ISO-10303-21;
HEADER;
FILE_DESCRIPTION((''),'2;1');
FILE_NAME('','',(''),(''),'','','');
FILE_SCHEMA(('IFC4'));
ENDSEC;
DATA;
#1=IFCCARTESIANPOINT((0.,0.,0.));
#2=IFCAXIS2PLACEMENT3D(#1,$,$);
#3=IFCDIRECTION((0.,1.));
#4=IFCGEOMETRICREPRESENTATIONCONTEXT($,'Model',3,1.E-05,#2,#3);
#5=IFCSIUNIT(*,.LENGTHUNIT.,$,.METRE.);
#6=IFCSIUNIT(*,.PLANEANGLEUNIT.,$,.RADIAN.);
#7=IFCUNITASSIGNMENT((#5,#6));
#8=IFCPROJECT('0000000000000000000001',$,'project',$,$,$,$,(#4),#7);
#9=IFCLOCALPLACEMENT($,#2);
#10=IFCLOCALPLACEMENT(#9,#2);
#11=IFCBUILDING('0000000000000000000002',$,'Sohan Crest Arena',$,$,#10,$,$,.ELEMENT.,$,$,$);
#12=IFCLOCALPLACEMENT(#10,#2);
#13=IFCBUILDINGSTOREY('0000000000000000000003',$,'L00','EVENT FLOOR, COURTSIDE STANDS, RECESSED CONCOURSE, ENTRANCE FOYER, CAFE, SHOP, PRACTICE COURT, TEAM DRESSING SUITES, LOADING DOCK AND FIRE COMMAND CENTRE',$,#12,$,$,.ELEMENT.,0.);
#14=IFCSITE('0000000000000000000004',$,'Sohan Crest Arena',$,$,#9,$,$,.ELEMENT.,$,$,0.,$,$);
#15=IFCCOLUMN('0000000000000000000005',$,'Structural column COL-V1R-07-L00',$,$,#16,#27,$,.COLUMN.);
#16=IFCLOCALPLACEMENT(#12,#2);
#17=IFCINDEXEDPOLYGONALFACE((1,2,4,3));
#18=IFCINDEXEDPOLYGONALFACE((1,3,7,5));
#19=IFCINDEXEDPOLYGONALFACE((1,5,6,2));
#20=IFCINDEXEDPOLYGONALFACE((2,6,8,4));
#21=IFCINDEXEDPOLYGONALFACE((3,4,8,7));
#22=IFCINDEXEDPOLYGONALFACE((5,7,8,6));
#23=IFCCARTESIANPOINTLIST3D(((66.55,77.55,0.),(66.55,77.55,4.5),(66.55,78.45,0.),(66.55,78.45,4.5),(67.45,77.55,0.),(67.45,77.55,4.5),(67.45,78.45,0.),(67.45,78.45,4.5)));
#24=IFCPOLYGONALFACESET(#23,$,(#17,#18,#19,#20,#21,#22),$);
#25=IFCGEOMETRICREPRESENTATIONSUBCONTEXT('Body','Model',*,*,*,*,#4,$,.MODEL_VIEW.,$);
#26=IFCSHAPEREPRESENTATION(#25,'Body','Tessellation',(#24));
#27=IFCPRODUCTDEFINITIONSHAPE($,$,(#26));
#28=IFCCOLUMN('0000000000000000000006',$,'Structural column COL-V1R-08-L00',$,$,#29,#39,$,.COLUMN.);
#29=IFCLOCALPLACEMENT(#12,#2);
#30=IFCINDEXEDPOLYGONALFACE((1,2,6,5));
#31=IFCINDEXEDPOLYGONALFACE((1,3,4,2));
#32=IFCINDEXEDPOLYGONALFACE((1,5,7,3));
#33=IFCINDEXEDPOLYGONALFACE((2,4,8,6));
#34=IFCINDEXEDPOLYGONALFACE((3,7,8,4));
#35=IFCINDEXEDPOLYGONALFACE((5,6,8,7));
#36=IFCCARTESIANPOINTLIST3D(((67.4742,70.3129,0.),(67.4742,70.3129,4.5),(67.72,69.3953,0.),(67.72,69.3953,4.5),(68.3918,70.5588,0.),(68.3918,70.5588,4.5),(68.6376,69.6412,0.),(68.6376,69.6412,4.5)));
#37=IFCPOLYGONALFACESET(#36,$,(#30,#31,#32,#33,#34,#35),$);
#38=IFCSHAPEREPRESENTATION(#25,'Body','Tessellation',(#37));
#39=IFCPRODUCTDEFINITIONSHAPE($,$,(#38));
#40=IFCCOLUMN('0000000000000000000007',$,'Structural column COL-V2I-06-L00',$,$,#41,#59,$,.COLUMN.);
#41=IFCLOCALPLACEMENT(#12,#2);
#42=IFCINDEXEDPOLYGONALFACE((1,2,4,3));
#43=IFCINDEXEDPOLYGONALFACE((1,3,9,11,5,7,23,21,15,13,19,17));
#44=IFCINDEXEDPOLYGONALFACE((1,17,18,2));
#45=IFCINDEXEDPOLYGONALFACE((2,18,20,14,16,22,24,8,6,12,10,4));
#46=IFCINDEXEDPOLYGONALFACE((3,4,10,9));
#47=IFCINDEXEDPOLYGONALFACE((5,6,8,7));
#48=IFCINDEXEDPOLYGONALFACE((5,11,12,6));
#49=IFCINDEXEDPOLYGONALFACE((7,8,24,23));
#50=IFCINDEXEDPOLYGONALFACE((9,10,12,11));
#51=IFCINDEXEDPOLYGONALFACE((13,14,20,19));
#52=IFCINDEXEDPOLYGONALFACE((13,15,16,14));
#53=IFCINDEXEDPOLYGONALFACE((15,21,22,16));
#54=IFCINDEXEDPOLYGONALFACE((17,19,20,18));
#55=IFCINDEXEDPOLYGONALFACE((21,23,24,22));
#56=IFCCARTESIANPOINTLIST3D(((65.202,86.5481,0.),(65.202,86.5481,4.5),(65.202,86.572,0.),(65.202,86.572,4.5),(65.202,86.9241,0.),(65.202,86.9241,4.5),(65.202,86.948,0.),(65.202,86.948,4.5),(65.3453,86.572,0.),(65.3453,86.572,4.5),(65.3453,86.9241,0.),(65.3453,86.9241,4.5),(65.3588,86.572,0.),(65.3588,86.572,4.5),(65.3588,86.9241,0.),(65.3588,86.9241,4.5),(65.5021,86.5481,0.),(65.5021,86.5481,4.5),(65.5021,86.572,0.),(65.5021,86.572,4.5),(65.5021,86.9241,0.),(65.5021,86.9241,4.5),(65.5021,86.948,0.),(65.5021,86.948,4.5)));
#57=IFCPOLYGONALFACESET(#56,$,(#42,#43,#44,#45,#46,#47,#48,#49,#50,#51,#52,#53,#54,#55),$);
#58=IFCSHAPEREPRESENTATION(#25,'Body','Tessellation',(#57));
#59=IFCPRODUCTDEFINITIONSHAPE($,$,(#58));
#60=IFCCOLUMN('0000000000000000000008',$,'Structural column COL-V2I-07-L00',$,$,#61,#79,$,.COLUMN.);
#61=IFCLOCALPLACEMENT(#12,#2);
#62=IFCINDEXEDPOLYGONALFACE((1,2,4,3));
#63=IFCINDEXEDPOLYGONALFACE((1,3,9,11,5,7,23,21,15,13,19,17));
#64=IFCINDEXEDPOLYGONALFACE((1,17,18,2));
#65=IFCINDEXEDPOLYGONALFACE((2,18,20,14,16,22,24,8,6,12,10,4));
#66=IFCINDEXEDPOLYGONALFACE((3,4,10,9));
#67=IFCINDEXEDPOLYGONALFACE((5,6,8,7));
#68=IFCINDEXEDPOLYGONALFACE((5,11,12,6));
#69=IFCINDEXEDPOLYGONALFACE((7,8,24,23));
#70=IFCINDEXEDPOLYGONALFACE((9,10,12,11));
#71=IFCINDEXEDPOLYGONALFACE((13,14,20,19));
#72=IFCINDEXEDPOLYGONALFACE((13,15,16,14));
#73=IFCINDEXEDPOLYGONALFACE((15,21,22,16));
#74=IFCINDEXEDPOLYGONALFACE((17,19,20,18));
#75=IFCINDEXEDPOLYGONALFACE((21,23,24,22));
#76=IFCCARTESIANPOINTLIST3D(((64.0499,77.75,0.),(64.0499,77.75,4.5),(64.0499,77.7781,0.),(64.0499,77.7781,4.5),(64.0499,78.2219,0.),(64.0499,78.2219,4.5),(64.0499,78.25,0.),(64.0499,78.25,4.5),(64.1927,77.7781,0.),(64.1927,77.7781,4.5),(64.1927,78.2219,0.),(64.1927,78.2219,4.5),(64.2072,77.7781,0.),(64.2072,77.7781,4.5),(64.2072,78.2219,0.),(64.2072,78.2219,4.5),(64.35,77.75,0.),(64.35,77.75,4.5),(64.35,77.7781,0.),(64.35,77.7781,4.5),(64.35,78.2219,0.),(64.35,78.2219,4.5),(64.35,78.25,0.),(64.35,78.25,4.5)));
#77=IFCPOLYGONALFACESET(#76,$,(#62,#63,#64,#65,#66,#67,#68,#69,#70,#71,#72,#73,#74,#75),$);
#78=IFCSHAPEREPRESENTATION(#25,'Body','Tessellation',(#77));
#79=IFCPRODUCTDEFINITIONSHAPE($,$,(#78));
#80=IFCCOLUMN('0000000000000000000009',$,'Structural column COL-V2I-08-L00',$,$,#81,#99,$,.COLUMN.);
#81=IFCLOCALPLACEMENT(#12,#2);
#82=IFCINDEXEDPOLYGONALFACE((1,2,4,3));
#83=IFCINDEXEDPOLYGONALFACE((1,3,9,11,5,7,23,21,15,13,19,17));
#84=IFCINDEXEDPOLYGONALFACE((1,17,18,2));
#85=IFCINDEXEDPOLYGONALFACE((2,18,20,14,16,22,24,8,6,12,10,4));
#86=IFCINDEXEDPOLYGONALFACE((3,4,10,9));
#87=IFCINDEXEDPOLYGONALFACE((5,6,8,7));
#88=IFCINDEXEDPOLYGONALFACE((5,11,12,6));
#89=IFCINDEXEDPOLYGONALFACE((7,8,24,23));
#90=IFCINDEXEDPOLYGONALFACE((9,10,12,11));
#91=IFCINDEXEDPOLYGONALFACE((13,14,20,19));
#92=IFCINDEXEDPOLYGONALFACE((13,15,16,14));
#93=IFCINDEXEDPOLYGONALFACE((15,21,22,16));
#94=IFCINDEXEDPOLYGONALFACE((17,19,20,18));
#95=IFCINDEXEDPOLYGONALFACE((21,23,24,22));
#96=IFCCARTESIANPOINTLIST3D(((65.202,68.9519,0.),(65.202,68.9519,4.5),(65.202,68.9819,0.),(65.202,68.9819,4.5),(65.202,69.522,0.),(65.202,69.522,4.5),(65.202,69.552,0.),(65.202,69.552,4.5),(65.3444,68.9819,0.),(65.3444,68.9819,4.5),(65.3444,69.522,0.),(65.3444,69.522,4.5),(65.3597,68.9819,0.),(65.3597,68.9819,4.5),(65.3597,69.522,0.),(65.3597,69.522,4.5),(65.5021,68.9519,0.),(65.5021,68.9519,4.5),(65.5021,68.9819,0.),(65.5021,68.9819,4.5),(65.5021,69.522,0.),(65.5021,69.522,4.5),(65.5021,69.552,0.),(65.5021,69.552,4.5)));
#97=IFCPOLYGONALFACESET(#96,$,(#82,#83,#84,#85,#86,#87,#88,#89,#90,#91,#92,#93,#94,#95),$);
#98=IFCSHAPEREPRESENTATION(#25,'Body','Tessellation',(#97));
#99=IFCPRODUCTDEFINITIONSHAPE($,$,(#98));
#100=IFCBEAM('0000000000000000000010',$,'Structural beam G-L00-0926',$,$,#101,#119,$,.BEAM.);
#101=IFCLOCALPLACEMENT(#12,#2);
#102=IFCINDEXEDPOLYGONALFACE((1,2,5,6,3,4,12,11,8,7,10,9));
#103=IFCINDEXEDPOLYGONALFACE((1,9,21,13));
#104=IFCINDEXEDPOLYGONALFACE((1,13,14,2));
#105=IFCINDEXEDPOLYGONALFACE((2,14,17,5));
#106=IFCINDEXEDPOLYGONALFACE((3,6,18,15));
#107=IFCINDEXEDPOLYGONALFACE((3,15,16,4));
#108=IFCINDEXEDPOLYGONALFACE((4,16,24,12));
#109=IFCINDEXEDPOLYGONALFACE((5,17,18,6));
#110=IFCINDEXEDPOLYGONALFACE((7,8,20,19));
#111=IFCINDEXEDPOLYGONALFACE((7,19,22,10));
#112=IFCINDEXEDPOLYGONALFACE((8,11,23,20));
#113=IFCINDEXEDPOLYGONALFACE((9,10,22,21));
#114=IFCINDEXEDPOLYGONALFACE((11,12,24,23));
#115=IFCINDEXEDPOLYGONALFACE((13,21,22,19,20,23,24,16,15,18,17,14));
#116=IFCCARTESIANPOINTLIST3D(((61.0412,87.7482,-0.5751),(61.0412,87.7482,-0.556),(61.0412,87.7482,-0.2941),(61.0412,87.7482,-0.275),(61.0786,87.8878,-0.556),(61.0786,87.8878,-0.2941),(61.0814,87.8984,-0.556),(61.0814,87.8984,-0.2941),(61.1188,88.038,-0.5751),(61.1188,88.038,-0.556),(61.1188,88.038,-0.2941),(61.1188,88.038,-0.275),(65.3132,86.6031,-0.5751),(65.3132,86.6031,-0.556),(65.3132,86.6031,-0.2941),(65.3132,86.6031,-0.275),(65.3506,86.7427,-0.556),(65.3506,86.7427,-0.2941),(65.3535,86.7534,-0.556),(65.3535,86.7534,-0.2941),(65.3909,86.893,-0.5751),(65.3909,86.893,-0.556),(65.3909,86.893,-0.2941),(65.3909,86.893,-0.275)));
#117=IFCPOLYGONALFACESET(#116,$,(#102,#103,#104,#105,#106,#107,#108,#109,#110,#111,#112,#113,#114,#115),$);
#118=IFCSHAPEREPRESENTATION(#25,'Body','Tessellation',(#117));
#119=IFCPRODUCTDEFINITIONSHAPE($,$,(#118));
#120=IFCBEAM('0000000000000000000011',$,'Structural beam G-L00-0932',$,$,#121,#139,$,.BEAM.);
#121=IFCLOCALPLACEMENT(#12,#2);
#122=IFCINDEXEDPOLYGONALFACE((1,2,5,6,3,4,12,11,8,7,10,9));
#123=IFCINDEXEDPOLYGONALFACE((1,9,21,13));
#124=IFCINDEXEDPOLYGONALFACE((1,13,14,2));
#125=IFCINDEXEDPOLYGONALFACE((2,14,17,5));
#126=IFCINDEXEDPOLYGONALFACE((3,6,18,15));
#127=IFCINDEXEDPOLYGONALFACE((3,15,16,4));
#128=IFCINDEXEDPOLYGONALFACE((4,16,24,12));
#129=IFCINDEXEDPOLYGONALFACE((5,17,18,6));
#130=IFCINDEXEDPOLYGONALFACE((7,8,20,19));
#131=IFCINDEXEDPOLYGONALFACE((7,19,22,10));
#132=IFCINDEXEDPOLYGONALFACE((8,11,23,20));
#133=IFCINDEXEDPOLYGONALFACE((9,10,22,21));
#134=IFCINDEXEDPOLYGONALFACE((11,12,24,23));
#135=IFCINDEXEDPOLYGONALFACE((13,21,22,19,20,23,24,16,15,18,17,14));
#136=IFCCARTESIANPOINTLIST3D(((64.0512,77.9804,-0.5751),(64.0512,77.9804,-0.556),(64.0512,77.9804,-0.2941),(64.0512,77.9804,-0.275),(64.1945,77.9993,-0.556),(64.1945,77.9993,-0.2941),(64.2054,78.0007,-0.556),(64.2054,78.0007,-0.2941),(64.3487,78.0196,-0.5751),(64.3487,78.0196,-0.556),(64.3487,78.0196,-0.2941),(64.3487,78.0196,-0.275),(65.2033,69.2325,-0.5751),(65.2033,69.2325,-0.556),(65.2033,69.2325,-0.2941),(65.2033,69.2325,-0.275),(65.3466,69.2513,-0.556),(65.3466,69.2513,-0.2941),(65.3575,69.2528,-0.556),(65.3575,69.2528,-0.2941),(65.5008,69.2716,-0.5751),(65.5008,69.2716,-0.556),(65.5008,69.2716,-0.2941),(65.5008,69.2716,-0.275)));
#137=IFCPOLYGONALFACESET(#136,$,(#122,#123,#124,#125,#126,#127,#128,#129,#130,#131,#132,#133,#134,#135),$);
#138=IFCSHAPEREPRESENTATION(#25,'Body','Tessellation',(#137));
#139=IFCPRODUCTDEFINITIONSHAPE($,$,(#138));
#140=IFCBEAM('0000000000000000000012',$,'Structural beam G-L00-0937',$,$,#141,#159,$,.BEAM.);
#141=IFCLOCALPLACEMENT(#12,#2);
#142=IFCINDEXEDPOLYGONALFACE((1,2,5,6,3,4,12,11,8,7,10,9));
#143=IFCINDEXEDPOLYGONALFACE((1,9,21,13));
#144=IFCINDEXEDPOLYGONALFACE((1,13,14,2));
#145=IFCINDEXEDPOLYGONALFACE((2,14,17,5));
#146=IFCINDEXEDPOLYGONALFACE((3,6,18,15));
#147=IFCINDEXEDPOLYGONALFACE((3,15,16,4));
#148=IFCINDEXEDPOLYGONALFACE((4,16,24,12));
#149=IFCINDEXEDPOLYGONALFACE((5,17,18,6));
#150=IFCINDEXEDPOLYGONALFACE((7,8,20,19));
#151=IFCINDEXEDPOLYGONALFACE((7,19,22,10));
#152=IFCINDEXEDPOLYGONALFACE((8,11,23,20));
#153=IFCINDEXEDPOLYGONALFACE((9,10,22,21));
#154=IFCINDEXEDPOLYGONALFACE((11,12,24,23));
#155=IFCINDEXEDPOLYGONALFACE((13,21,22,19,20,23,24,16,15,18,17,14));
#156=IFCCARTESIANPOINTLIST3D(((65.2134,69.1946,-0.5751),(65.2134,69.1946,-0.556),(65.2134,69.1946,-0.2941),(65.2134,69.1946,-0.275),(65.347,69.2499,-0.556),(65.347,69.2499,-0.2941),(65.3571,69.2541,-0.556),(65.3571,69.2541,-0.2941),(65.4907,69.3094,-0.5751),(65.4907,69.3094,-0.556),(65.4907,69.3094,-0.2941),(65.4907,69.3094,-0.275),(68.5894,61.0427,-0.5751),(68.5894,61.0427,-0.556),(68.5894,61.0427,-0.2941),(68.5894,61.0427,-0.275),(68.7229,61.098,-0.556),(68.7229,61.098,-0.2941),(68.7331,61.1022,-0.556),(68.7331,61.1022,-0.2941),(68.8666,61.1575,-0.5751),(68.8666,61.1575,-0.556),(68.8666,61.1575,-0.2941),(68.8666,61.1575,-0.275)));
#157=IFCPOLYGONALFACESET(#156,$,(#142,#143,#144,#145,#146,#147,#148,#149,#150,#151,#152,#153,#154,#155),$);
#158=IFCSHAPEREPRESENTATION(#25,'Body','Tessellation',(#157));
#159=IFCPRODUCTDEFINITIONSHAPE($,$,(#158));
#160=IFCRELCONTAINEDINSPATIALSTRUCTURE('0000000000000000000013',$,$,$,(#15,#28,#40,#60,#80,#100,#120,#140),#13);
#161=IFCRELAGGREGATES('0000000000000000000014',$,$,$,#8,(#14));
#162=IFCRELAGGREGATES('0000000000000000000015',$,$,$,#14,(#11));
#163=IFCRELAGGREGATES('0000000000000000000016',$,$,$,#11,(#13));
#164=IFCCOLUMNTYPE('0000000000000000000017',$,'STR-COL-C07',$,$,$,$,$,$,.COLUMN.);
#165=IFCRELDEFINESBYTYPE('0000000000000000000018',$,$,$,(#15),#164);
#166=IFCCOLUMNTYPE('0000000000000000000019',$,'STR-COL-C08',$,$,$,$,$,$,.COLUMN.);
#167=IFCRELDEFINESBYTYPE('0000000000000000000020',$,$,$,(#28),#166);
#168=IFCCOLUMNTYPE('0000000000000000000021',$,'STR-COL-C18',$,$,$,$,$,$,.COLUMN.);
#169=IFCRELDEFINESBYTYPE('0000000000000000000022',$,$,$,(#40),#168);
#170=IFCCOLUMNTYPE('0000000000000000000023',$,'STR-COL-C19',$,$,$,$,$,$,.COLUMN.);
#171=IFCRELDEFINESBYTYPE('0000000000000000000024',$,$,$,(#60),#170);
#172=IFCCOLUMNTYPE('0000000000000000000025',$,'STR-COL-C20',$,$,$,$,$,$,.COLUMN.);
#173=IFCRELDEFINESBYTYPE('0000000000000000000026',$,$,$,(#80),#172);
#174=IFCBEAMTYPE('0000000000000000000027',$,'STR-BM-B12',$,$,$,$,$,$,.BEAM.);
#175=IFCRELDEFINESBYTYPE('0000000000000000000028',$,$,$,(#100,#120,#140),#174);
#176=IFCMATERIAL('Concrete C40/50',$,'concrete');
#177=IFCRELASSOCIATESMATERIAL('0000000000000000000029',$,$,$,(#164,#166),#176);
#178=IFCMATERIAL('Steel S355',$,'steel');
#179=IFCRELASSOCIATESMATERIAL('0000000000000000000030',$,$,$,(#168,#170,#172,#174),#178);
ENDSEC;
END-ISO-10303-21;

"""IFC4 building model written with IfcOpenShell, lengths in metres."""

from ifc_helpers import new_model, si_unit, direction, frame, origin, origin_2d, place, context, subcontext, project, spatial, rectangle, i_section, extrude, material, material_profile, profile_set, type_object, element, save


model = new_model("IFC4")

# Units and contexts
model_context = context("Model", 3, precision=1e-05, world=origin(), true_north=direction((0.0, 1.0)))
body_context = subcontext(model_context, "Body", "Model", "MODEL_VIEW")
ifc_project = project(units=[si_unit("LENGTHUNIT", "METRE"), si_unit("PLANEANGLEUNIT", "RADIAN")], contexts=[model_context])

# Site, building, storey
site_placement = place(None, origin())
site = spatial("IfcSite", under=ifc_project, at=site_placement, Name="Sohan Crest Arena", CompositionType="ELEMENT", RefElevation=0.0)
building_placement = place(site_placement, origin())
building = spatial("IfcBuilding", under=site, at=building_placement, Name="Sohan Crest Arena", CompositionType="ELEMENT")
storey_placement = place(building_placement, origin())
storey = spatial("IfcBuildingStorey", under=building, at=storey_placement, Name="L00", Description="EVENT FLOOR, COURTSIDE STANDS, RECESSED CONCOURSE, ENTRANCE FOYER, CAFE, SHOP, PRACTICE COURT, TEAM DRESSING SUITES, LOADING DOCK AND FIRE COMMAND CENTRE", CompositionType="ELEMENT", Elevation=0.0)

# Columns
ifc_material_1 = material(Name="Concrete C40/50", Category="concrete")
ifc_material_profile_1 = material_profile(ifc_material_1, rectangle(XDim=0.8999, YDim=0.8999, at=origin_2d()), Name="RC 900x900")
ifc_profile_set_1 = profile_set([ifc_material_profile_1], Name="Concrete C40/50")
column_type_1 = type_object("IfcColumnType", Name="STR-COL-C07", PredefinedType="COLUMN", material=ifc_profile_set_1)
column_1_placement = place(storey_placement, frame((67.0, 78.0, 0.0), z_axis=(0.0, 0.0, 1.0), x_axis=(1.0, 0.0, 0.0)))
element("IfcColumn", 1, at=column_1_placement, inside=storey, type_object=column_type_1, Name="Structural column COL-V1R-07-L00", PredefinedType="COLUMN", context=body_context, shape_type="SweptSolid", body=[
    extrude(rectangle(XDim=0.8999, YDim=0.8999, at=origin_2d()), origin(), (0.0, 0.0, 1.0), 4.5),
])
ifc_material_profile_2 = material_profile(ifc_material_1, rectangle(XDim=0.95, YDim=0.95, at=origin_2d()), Name="RC 950x950")
ifc_profile_set_2 = profile_set([ifc_material_profile_2], Name="Concrete C40/50")
column_type_2 = type_object("IfcColumnType", Name="STR-COL-C08", PredefinedType="COLUMN", material=ifc_profile_set_2)
column_2_placement = place(storey_placement, frame((68.0559, 69.9771, 0.0), z_axis=(0.0, 0.0, 1.0), x_axis=(0.965926, 0.258819, 0.0)))
element("IfcColumn", 2, at=column_2_placement, inside=storey, type_object=column_type_2, Name="Structural column COL-V1R-08-L00", PredefinedType="COLUMN", context=body_context, shape_type="SweptSolid", body=[
    extrude(rectangle(XDim=0.95, YDim=0.95, at=origin_2d()), origin(), (0.0, 0.0, 1.0), 4.5),
])
ifc_material_2 = material(Name="Steel S355", Category="steel")
ifc_material_profile_3 = material_profile(ifc_material_2, i_section(OverallWidth=0.3, OverallDepth=0.3999, WebThickness=0.0134, FlangeThickness=0.0239, at=origin_2d()), Name="HEB 400")
ifc_profile_set_3 = profile_set([ifc_material_profile_3], Name="Steel S355")
column_type_3 = type_object("IfcColumnType", Name="STR-COL-C18", PredefinedType="COLUMN", material=ifc_profile_set_3)
column_3_placement = place(storey_placement, frame((65.3521, 86.748, 0.0), z_axis=(0.0, 0.0, 1.0), x_axis=(1.0, 0.0, 0.0)))
element("IfcColumn", 3, at=column_3_placement, inside=storey, type_object=column_type_3, Name="Structural column COL-V2I-06-L00", PredefinedType="COLUMN", context=body_context, shape_type="SweptSolid", body=[
    extrude(i_section(OverallWidth=0.3, OverallDepth=0.3999, WebThickness=0.0134, FlangeThickness=0.0239, at=origin_2d()), origin(), (0.0, 0.0, 1.0), 4.5),
])
ifc_material_profile_4 = material_profile(ifc_material_2, i_section(OverallWidth=0.3, OverallDepth=0.5, WebThickness=0.0144, FlangeThickness=0.0281, at=origin_2d()), Name="HEB 500")
ifc_profile_set_4 = profile_set([ifc_material_profile_4], Name="Steel S355")
column_type_4 = type_object("IfcColumnType", Name="STR-COL-C19", PredefinedType="COLUMN", material=ifc_profile_set_4)
column_4_placement = place(storey_placement, frame((64.2, 78.0, 0.0), z_axis=(0.0, 0.0, 1.0), x_axis=(1.0, 0.0, 0.0)))
element("IfcColumn", 4, at=column_4_placement, inside=storey, type_object=column_type_4, Name="Structural column COL-V2I-07-L00", PredefinedType="COLUMN", context=body_context, shape_type="SweptSolid", body=[
    extrude(i_section(OverallWidth=0.3, OverallDepth=0.5, WebThickness=0.0144, FlangeThickness=0.0281, at=origin_2d()), origin(), (0.0, 0.0, 1.0), 4.5),
])
ifc_material_profile_5 = material_profile(ifc_material_2, i_section(OverallWidth=0.3, OverallDepth=0.6001, WebThickness=0.0154, FlangeThickness=0.03, at=origin_2d()), Name="HEB 600")
ifc_profile_set_5 = profile_set([ifc_material_profile_5], Name="Steel S355")
column_type_5 = type_object("IfcColumnType", Name="STR-COL-C20", PredefinedType="COLUMN", material=ifc_profile_set_5)
column_5_placement = place(storey_placement, frame((65.3521, 69.252, 0.0), z_axis=(0.0, 0.0, 1.0), x_axis=(1.0, 0.0, 0.0)))
element("IfcColumn", 5, at=column_5_placement, inside=storey, type_object=column_type_5, Name="Structural column COL-V2I-08-L00", PredefinedType="COLUMN", context=body_context, shape_type="SweptSolid", body=[
    extrude(i_section(OverallWidth=0.3, OverallDepth=0.6001, WebThickness=0.0154, FlangeThickness=0.03, at=origin_2d()), origin(), (0.0, 0.0, 1.0), 4.5),
])

# Beams
ifc_material_profile_6 = material_profile(ifc_material_2, i_section(OverallWidth=0.3, OverallDepth=0.3, WebThickness=0.011, FlangeThickness=0.019, at=origin_2d()), Name="HEB 300")
ifc_profile_set_6 = profile_set([ifc_material_profile_6], Name="Steel S355")
beam_type_1 = type_object("IfcBeamType", Name="STR-BM-B12", PredefinedType="BEAM", material=ifc_profile_set_6)
beam_1_placement = place(storey_placement, frame((65.3521, 86.748, -0.425), z_axis=(-0.965906, 0.258892, 0.0), x_axis=(-0.258892, -0.965906, 0.0)))
element("IfcBeam", 6, at=beam_1_placement, inside=storey, type_object=beam_type_1, Name="Structural beam G-L00-0926", PredefinedType="BEAM", context=body_context, shape_type="SweptSolid", body=[
    extrude(i_section(OverallWidth=0.3, OverallDepth=0.3, WebThickness=0.011, FlangeThickness=0.019, at=origin_2d()), origin(), (0.0, 0.0, 1.0), 4.4229),
])
beam_2_placement = place(storey_placement, frame((64.2, 78.0, -0.425), z_axis=(0.13057, -0.991439, 0.0), x_axis=(0.991439, 0.13057, 0.0)))
element("IfcBeam", 7, at=beam_2_placement, inside=storey, type_object=beam_type_1, Name="Structural beam G-L00-0932", PredefinedType="BEAM", context=body_context, shape_type="SweptSolid", body=[
    extrude(i_section(OverallWidth=0.3, OverallDepth=0.3, WebThickness=0.011, FlangeThickness=0.019, at=origin_2d()), origin(), (0.0, 0.0, 1.0), 8.8235),
])
beam_3_placement = place(storey_placement, frame((65.3521, 69.252, -0.425), z_axis=(0.382622, -0.923905, 0.0), x_axis=(0.923905, 0.382622, 0.0)))
element("IfcBeam", 8, at=beam_3_placement, inside=storey, type_object=beam_type_1, Name="Structural beam G-L00-0937", PredefinedType="BEAM", context=body_context, shape_type="SweptSolid", body=[
    extrude(i_section(OverallWidth=0.3, OverallDepth=0.3, WebThickness=0.011, FlangeThickness=0.019, at=origin_2d()), origin(), (0.0, 0.0, 1.0), 8.8232),
])

save(model, "model.ifc")
